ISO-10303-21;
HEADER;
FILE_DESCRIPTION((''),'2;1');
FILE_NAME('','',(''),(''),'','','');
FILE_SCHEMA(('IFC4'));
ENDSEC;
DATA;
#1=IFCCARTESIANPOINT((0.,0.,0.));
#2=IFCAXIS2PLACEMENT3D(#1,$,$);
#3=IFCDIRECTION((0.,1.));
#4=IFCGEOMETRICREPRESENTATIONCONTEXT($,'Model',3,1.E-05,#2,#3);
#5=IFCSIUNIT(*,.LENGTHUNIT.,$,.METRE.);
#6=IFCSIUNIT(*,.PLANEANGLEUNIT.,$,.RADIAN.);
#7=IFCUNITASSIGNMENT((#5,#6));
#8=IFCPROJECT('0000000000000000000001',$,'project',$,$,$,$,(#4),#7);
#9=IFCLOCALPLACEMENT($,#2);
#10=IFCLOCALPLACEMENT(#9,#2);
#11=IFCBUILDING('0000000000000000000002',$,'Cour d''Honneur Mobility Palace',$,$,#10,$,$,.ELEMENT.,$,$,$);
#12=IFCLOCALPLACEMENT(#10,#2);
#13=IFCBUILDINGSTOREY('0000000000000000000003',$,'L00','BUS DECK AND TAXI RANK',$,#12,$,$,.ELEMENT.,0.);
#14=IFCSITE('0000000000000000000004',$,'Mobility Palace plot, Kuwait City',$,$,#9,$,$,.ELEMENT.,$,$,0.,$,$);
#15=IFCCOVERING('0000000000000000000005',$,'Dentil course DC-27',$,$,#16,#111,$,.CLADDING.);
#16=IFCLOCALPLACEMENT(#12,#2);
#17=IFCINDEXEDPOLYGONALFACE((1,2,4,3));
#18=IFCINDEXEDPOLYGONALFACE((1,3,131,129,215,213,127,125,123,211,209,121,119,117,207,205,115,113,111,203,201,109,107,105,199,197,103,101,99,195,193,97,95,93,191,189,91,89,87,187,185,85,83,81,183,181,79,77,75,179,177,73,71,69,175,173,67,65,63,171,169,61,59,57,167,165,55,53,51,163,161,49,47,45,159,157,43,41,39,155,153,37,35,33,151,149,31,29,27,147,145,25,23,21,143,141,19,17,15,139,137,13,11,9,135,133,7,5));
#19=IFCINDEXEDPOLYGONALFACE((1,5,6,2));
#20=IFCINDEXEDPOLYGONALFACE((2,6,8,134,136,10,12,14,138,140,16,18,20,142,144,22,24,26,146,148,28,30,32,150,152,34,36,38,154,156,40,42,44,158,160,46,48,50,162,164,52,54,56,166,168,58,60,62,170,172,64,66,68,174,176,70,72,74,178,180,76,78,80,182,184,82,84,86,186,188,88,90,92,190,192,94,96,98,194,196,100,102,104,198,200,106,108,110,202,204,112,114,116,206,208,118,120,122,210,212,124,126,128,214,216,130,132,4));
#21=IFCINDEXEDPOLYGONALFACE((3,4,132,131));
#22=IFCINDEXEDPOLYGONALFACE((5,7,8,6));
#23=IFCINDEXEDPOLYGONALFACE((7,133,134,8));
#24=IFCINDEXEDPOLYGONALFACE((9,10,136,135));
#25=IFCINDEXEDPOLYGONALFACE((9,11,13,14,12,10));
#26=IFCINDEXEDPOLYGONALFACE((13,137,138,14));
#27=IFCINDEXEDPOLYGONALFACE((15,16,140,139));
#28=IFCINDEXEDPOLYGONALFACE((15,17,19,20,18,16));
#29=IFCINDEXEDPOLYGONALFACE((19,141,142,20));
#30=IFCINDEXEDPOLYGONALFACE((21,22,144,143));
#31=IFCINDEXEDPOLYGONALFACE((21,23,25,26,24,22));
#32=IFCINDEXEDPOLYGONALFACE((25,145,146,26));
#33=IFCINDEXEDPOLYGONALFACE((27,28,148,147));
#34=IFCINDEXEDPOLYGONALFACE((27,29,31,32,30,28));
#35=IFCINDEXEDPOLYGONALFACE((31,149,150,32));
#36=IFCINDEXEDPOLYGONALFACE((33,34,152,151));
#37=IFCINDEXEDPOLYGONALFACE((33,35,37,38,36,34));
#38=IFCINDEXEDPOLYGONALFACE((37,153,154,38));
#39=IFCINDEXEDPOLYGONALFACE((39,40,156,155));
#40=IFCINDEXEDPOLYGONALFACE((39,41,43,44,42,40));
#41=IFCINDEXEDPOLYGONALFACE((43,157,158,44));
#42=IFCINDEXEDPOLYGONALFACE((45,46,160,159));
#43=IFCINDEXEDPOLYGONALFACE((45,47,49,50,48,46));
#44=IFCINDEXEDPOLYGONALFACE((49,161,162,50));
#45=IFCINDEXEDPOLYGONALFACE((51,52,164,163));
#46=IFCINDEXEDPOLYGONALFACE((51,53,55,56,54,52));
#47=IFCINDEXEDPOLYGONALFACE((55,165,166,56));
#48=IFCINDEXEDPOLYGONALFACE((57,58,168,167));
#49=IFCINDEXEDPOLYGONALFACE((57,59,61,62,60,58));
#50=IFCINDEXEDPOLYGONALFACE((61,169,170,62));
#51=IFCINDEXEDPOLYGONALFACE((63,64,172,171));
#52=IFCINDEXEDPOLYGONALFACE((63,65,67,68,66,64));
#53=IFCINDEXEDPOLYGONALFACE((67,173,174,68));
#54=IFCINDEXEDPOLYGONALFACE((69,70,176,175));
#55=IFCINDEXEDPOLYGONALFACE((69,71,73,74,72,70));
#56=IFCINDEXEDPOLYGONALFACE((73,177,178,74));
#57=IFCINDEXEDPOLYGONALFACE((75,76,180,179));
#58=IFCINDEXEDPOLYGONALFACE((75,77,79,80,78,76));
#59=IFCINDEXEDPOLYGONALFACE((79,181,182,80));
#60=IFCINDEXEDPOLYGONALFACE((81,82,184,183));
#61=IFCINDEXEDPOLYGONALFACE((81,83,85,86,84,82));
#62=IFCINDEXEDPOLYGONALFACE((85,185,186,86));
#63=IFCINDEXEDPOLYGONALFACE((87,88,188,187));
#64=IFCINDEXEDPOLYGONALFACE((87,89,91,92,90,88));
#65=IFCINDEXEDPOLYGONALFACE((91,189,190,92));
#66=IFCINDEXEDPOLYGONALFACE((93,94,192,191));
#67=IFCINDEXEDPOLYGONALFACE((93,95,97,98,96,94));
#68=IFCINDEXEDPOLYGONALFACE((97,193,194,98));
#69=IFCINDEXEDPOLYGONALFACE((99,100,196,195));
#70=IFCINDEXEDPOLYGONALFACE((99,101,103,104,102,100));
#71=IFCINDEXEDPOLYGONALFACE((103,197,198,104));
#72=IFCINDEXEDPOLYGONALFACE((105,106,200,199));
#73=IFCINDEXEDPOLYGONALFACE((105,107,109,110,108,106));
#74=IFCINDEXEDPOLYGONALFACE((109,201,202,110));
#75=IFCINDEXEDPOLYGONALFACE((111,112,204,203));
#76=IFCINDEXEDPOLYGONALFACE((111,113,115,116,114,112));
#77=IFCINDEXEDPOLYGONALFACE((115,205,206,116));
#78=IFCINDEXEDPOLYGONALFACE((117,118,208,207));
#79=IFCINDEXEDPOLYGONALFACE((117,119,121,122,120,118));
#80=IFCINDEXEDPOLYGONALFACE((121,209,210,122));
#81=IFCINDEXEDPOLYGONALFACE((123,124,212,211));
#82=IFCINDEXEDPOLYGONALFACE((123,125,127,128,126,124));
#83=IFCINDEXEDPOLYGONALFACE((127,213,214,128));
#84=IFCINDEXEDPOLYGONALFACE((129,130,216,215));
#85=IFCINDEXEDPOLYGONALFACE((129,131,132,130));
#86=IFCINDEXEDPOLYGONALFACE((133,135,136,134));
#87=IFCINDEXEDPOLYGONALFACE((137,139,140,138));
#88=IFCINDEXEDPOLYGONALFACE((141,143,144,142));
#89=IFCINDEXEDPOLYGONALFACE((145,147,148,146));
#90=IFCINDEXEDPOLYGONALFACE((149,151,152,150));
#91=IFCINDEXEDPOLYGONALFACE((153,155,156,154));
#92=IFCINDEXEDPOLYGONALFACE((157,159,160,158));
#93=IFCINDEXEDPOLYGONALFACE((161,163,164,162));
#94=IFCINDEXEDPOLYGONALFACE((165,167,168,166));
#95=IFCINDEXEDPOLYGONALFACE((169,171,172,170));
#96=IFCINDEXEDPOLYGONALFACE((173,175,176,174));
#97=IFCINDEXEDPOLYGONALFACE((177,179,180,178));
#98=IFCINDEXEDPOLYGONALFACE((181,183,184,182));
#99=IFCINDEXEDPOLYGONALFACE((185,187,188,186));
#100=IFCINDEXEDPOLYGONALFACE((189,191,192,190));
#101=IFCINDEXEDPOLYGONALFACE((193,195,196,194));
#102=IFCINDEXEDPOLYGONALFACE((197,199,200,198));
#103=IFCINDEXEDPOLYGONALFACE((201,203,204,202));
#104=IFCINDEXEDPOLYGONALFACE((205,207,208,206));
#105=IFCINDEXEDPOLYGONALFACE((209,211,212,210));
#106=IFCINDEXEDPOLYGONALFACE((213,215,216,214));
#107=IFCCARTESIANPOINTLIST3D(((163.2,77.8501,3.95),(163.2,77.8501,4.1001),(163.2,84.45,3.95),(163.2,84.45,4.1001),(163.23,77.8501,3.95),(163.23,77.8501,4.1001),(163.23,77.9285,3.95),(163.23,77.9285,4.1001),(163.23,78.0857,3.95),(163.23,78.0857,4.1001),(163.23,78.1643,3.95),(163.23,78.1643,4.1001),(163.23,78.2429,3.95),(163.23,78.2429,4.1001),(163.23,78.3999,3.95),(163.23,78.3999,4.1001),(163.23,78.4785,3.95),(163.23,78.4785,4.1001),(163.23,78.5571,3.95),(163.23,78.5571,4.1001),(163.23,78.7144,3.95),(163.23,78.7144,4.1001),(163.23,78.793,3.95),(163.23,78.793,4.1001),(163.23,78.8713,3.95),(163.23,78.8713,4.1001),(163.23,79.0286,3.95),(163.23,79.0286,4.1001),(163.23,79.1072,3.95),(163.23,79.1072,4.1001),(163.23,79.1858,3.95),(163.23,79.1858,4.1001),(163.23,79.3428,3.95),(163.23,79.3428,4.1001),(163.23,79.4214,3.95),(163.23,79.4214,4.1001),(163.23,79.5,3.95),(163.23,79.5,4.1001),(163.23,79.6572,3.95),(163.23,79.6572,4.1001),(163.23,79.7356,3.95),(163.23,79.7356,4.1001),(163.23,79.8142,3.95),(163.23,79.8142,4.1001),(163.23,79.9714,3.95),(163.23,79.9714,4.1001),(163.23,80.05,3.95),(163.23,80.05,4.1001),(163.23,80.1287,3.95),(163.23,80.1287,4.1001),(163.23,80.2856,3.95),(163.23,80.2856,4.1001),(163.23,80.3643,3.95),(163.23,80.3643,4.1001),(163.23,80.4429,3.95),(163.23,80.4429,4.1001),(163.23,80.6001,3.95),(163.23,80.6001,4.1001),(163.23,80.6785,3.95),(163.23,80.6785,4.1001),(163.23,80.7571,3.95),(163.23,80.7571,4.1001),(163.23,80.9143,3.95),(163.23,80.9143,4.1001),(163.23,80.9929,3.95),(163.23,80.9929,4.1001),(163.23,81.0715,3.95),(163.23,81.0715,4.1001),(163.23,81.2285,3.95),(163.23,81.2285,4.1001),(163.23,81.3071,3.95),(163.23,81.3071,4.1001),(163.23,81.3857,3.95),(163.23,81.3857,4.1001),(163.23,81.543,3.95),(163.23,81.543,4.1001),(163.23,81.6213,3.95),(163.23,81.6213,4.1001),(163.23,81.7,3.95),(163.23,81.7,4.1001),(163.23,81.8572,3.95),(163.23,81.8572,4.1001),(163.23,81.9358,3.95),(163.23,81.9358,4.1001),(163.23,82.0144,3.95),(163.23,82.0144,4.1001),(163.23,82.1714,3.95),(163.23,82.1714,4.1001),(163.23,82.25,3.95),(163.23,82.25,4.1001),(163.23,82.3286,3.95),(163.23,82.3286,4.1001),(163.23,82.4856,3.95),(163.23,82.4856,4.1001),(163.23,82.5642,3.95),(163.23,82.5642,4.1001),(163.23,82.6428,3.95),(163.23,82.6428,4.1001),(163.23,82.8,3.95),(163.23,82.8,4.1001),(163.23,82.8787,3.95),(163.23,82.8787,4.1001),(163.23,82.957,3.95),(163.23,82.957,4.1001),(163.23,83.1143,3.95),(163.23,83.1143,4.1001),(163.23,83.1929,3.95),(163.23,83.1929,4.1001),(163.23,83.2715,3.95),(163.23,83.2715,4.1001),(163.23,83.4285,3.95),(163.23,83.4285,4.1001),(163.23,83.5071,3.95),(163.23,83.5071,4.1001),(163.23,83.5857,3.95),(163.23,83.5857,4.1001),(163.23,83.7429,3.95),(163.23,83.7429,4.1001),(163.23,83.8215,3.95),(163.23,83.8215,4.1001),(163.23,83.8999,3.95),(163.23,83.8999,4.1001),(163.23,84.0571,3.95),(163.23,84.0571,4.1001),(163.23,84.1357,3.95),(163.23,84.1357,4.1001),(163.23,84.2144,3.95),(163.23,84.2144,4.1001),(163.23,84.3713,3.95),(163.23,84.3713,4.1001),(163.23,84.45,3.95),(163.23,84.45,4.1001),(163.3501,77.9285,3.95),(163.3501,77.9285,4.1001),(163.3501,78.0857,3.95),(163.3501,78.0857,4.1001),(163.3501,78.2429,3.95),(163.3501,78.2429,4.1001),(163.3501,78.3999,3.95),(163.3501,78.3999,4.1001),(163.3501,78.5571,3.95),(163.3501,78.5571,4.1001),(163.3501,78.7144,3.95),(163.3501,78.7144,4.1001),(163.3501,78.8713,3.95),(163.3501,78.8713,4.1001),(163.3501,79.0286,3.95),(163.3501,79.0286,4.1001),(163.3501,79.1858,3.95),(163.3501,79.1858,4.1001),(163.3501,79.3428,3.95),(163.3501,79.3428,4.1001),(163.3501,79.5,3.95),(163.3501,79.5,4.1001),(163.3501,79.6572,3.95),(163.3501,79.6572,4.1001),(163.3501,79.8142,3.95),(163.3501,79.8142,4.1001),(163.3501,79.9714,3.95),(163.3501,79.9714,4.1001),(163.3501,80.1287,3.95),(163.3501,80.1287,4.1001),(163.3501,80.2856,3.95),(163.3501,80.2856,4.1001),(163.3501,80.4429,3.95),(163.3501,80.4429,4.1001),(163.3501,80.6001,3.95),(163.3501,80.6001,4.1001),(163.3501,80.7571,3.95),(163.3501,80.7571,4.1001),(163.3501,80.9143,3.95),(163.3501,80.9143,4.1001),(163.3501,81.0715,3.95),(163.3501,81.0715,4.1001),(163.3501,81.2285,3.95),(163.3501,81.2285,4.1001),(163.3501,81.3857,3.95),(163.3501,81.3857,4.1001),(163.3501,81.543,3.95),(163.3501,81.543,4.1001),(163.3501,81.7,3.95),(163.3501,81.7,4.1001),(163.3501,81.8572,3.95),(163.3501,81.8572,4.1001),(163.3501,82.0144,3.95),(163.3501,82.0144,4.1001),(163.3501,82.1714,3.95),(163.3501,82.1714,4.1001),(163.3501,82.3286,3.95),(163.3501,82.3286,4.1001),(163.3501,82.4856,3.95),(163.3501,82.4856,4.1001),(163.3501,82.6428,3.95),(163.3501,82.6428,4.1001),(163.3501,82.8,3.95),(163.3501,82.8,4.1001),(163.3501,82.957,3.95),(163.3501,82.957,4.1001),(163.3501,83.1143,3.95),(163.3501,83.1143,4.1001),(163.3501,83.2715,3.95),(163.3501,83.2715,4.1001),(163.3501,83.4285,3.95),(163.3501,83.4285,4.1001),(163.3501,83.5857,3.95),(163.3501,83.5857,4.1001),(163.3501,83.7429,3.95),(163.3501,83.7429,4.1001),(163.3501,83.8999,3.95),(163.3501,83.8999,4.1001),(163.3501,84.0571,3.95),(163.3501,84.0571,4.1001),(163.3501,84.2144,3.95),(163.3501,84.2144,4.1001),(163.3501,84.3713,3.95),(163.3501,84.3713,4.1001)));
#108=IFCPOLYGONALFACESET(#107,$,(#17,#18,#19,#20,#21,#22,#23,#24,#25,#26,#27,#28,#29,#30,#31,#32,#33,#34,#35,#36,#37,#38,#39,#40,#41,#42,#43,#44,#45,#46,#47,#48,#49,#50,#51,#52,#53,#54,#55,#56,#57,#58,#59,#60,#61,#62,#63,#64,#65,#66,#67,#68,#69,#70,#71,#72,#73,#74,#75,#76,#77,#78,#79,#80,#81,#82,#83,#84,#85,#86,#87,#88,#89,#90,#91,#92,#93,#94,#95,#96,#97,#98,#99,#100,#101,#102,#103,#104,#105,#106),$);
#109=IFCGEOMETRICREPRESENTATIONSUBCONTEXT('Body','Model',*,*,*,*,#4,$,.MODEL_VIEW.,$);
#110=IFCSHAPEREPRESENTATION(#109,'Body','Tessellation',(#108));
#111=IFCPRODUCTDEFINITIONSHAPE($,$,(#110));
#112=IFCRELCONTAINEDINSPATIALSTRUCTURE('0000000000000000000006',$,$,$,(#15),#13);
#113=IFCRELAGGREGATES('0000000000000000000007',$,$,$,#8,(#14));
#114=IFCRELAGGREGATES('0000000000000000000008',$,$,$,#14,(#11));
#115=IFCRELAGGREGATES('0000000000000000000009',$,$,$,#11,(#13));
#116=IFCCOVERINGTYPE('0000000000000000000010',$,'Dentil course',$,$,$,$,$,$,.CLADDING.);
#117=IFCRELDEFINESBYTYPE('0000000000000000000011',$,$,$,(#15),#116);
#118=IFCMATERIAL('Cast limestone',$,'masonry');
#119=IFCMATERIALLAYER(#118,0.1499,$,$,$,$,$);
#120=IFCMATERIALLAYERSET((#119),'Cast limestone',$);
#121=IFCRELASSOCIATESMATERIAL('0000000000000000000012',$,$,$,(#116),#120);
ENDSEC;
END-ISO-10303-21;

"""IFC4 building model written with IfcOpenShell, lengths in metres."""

from ifc_helpers import new_model, si_unit, direction, frame, origin, place, context, subcontext, project, spatial, polyline, outline, extrude, material, layer, layer_set, type_object, element, save


model = new_model("IFC4")

# Units and contexts
model_context = context("Model", 3, precision=1e-05, world=origin(), true_north=direction((0.0, 1.0)))
body_context = subcontext(model_context, "Body", "Model", "MODEL_VIEW")
ifc_project = project(units=[si_unit("LENGTHUNIT", "METRE"), si_unit("PLANEANGLEUNIT", "RADIAN")], contexts=[model_context])

# Site, building, storey
site_placement = place(None, origin())
site = spatial("IfcSite", under=ifc_project, at=site_placement, Name="Mobility Palace plot, Kuwait City", CompositionType="ELEMENT", RefElevation=0.0)
building_placement = place(site_placement, origin())
building = spatial("IfcBuilding", under=site, at=building_placement, Name="Cour d'Honneur Mobility Palace", CompositionType="ELEMENT")
storey_placement = place(building_placement, origin())
storey = spatial("IfcBuildingStorey", under=building, at=storey_placement, Name="L00", Description="BUS DECK AND TAXI RANK", CompositionType="ELEMENT", Elevation=0.0)

# Covering
ifc_material = material(Name="Cast limestone", Category="masonry")
ifc_layer = layer(ifc_material, 0.1499)
ifc_layer_set = layer_set([ifc_layer], Name="Cast limestone")
covering_type = type_object("IfcCoveringType", Name="Dentil course", PredefinedType="CLADDING", material=ifc_layer_set)
covering_1_placement = place(storey_placement, frame((0.0, 0.0, 3.95)))
element("IfcCovering", 1, at=covering_1_placement, inside=storey, type_object=covering_type, Name="Dentil course DC-27", PredefinedType="CLADDING", context=body_context, shape_type="SweptSolid", body=[
    extrude(outline(polyline([(163.2, 77.8501), (163.2, 84.45), (163.23, 84.45), (163.23, 84.45), (163.23, 84.3713), (163.3501, 84.3713), (163.3501, 84.2144), (163.23, 84.2144), (163.23, 84.1357), (163.23, 84.1357), (163.23, 84.0571), (163.3501, 84.0571), (163.3501, 83.8999), (163.23, 83.8999), (163.23, 83.8215), (163.23, 83.8215), (163.23, 83.7429), (163.3501, 83.7429), (163.3501, 83.5857), (163.23, 83.5857), (163.23, 83.5071), (163.23, 83.5071), (163.23, 83.4285), (163.3501, 83.4285), (163.3501, 83.2715), (163.23, 83.2715), (163.23, 83.1929), (163.23, 83.1929), (163.23, 83.1143), (163.3501, 83.1143), (163.3501, 82.957), (163.23, 82.957), (163.23, 82.8787), (163.23, 82.8787), (163.23, 82.8), (163.3501, 82.8), (163.3501, 82.6428), (163.23, 82.6428), (163.23, 82.5642), (163.23, 82.5642), (163.23, 82.4856), (163.3501, 82.4856), (163.3501, 82.3286), (163.23, 82.3286), (163.23, 82.25), (163.23, 82.25), (163.23, 82.1714), (163.3501, 82.1714), (163.3501, 82.0144), (163.23, 82.0144), (163.23, 81.9358), (163.23, 81.9358), (163.23, 81.8572), (163.3501, 81.8572), (163.3501, 81.7), (163.23, 81.7), (163.23, 81.6213), (163.23, 81.6213), (163.23, 81.543), (163.3501, 81.543), (163.3501, 81.3857), (163.23, 81.3857), (163.23, 81.3071), (163.23, 81.3071), (163.23, 81.2285), (163.3501, 81.2285), (163.3501, 81.0715), (163.23, 81.0715), (163.23, 80.9929), (163.23, 80.9929), (163.23, 80.9143), (163.3501, 80.9143), (163.3501, 80.7571), (163.23, 80.7571), (163.23, 80.6785), (163.23, 80.6785), (163.23, 80.6001), (163.3501, 80.6001), (163.3501, 80.4429), (163.23, 80.4429), (163.23, 80.3643), (163.23, 80.3643), (163.23, 80.2856), (163.3501, 80.2856), (163.3501, 80.1287), (163.23, 80.1287), (163.23, 80.05), (163.23, 80.05), (163.23, 79.9714), (163.3501, 79.9714), (163.3501, 79.8142), (163.23, 79.8142), (163.23, 79.7356), (163.23, 79.7356), (163.23, 79.6572), (163.3501, 79.6572), (163.3501, 79.5), (163.23, 79.5), (163.23, 79.4214), (163.23, 79.4214), (163.23, 79.3428), (163.3501, 79.3428), (163.3501, 79.1858), (163.23, 79.1858), (163.23, 79.1072), (163.23, 79.1072), (163.23, 79.0286), (163.3501, 79.0286), (163.3501, 78.8713), (163.23, 78.8713), (163.23, 78.793), (163.23, 78.793), (163.23, 78.7144), (163.3501, 78.7144), (163.3501, 78.5571), (163.23, 78.5571), (163.23, 78.4785), (163.23, 78.4785), (163.23, 78.3999), (163.3501, 78.3999), (163.3501, 78.2429), (163.23, 78.2429), (163.23, 78.1643), (163.23, 78.1643), (163.23, 78.0857), (163.3501, 78.0857), (163.3501, 77.9285), (163.23, 77.9285), (163.23, 77.8501), (163.2, 77.8501)])), origin(), (0.0, 0.0, 1.0), 0.1501),
])

save(model, "model.ifc")
